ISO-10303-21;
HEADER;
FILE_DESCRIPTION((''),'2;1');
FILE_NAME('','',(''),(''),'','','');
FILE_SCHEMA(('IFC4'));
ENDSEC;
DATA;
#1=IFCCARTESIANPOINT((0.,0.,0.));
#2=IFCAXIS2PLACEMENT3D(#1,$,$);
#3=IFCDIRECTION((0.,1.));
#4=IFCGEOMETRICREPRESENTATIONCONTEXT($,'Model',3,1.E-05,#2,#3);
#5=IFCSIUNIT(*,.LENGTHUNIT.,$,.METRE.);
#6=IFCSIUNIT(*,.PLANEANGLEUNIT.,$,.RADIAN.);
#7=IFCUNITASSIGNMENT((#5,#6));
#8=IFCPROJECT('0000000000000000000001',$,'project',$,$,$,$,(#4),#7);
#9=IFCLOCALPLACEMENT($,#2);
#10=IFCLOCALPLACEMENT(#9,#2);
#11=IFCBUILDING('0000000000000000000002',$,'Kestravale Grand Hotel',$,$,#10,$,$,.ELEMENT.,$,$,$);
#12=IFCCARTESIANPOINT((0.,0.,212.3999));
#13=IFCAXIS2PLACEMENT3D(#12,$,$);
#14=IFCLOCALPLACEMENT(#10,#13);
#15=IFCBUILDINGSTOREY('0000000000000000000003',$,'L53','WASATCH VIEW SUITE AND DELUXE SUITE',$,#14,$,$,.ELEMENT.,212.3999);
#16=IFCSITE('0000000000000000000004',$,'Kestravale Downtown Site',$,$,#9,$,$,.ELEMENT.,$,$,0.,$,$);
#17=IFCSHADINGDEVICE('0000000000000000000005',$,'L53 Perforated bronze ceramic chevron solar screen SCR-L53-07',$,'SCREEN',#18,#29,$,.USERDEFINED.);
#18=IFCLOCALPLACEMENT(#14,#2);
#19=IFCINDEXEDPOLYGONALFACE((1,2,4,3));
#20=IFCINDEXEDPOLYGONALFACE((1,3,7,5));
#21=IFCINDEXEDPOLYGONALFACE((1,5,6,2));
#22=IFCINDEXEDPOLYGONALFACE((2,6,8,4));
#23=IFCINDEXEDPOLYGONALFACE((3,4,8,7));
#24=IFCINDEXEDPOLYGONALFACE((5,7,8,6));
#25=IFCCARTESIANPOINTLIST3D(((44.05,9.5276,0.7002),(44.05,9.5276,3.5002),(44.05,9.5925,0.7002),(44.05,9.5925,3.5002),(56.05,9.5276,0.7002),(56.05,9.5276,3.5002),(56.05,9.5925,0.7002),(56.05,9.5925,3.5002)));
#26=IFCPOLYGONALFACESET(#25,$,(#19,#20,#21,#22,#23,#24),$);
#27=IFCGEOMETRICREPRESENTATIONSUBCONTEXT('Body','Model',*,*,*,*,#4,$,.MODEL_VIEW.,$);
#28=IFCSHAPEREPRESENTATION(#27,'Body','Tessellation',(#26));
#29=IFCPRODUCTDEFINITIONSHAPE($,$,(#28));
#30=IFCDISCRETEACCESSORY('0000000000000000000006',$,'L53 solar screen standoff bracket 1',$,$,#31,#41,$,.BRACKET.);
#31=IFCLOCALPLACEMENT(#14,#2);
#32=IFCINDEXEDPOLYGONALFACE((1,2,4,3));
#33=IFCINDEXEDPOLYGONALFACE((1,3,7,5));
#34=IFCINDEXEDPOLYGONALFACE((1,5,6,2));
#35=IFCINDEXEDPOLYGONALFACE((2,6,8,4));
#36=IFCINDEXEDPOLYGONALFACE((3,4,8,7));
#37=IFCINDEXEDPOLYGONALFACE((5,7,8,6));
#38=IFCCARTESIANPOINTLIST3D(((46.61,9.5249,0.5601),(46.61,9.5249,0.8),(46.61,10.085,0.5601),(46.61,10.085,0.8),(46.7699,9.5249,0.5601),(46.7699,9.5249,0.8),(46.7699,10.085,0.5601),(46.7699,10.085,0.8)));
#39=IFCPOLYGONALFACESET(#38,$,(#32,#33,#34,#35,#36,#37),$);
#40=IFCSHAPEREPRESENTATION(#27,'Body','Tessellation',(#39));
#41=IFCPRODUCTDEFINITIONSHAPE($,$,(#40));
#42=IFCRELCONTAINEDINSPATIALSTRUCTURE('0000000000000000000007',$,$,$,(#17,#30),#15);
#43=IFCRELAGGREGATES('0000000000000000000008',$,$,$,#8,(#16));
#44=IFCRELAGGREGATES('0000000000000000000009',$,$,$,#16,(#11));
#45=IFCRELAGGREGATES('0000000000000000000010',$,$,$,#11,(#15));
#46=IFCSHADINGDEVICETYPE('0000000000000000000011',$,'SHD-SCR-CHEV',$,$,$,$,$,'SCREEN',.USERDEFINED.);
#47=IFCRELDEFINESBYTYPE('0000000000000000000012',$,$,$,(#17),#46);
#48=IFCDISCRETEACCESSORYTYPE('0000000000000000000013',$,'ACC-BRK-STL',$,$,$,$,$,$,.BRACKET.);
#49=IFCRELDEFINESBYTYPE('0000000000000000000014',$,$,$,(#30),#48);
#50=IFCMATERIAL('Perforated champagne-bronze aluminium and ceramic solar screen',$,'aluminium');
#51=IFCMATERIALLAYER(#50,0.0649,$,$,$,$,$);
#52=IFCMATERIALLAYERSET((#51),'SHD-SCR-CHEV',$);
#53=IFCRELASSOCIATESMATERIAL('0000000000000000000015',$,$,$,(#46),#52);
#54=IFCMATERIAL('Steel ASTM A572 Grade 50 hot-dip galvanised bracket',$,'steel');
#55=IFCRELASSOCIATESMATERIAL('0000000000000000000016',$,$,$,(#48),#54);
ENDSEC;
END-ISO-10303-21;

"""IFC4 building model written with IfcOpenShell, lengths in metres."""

from ifc_helpers import new_model, si_unit, direction, frame, origin, origin_2d, place, context, subcontext, project, spatial, rectangle, extrude, material, layer, layer_set, type_object, element, save


model = new_model("IFC4")

# Units and contexts
model_context = context("Model", 3, precision=1e-05, world=origin(), true_north=direction((0.0, 1.0)))
body_context = subcontext(model_context, "Body", "Model", "MODEL_VIEW")
ifc_project = project(units=[si_unit("LENGTHUNIT", "METRE"), si_unit("PLANEANGLEUNIT", "RADIAN")], contexts=[model_context])

# Site, building, storey
site_placement = place(None, origin())
site = spatial("IfcSite", under=ifc_project, at=site_placement, Name="Kestravale Downtown Site", CompositionType="ELEMENT", RefElevation=0.0)
building_placement = place(site_placement, origin())
building = spatial("IfcBuilding", under=site, at=building_placement, Name="Kestravale Grand Hotel", CompositionType="ELEMENT")
storey_placement = place(building_placement, frame((0.0, 0.0, 212.3999)))
storey = spatial("IfcBuildingStorey", under=building, at=storey_placement, Name="L53", Description="WASATCH VIEW SUITE AND DELUXE SUITE", CompositionType="ELEMENT", Elevation=212.3999)

# Shading device
ifc_material_1 = material(Name="Perforated champagne-bronze aluminium and ceramic solar screen", Category="aluminium")
ifc_layer_1 = layer(ifc_material_1, 0.0649)
ifc_layer_set_1 = layer_set([ifc_layer_1], Name="SHD-SCR-CHEV")
shading_device_type = type_object("IfcShadingDeviceType", Name="SHD-SCR-CHEV", ElementType="SCREEN", PredefinedType="USERDEFINED", material=ifc_layer_set_1)
shading_device_placement = place(storey_placement, frame((50.05, 9.5601, 0.7002), z_axis=(0.0, 0.0, 1.0), x_axis=(1.0, 0.0, 0.0)))
element("IfcShadingDevice", 1, at=shading_device_placement, inside=storey, type_object=shading_device_type, Name="L53 Perforated bronze ceramic chevron solar screen SCR-L53-07", ObjectType="SCREEN", PredefinedType="USERDEFINED", context=body_context, shape_type="SweptSolid", body=[
    extrude(rectangle(XDim=12.0, YDim=0.0649, at=origin_2d()), origin(), (0.0, 0.0, 1.0), 2.8),
])

# Discrete accessory
ifc_material_2 = material(Name="Steel ASTM A572 Grade 50 hot-dip galvanised bracket", Category="steel")
discrete_accessory_type = type_object("IfcDiscreteAccessoryType", Name="ACC-BRK-STL", PredefinedType="BRACKET", material=ifc_material_2)
discrete_accessory_placement = place(storey_placement, frame((46.6899, 9.8049, 0.5601), z_axis=(0.0, 0.0, 1.0), x_axis=(1.0, 0.0, 0.0)))
element("IfcDiscreteAccessory", 2, at=discrete_accessory_placement, inside=storey, type_object=discrete_accessory_type, Name="L53 solar screen standoff bracket 1", PredefinedType="BRACKET", context=body_context, shape_type="SweptSolid", body=[
    extrude(rectangle(XDim=0.1599, YDim=0.5601, at=origin_2d()), origin(), (0.0, 0.0, 1.0), 0.24),
])

save(model, "model.ifc")
